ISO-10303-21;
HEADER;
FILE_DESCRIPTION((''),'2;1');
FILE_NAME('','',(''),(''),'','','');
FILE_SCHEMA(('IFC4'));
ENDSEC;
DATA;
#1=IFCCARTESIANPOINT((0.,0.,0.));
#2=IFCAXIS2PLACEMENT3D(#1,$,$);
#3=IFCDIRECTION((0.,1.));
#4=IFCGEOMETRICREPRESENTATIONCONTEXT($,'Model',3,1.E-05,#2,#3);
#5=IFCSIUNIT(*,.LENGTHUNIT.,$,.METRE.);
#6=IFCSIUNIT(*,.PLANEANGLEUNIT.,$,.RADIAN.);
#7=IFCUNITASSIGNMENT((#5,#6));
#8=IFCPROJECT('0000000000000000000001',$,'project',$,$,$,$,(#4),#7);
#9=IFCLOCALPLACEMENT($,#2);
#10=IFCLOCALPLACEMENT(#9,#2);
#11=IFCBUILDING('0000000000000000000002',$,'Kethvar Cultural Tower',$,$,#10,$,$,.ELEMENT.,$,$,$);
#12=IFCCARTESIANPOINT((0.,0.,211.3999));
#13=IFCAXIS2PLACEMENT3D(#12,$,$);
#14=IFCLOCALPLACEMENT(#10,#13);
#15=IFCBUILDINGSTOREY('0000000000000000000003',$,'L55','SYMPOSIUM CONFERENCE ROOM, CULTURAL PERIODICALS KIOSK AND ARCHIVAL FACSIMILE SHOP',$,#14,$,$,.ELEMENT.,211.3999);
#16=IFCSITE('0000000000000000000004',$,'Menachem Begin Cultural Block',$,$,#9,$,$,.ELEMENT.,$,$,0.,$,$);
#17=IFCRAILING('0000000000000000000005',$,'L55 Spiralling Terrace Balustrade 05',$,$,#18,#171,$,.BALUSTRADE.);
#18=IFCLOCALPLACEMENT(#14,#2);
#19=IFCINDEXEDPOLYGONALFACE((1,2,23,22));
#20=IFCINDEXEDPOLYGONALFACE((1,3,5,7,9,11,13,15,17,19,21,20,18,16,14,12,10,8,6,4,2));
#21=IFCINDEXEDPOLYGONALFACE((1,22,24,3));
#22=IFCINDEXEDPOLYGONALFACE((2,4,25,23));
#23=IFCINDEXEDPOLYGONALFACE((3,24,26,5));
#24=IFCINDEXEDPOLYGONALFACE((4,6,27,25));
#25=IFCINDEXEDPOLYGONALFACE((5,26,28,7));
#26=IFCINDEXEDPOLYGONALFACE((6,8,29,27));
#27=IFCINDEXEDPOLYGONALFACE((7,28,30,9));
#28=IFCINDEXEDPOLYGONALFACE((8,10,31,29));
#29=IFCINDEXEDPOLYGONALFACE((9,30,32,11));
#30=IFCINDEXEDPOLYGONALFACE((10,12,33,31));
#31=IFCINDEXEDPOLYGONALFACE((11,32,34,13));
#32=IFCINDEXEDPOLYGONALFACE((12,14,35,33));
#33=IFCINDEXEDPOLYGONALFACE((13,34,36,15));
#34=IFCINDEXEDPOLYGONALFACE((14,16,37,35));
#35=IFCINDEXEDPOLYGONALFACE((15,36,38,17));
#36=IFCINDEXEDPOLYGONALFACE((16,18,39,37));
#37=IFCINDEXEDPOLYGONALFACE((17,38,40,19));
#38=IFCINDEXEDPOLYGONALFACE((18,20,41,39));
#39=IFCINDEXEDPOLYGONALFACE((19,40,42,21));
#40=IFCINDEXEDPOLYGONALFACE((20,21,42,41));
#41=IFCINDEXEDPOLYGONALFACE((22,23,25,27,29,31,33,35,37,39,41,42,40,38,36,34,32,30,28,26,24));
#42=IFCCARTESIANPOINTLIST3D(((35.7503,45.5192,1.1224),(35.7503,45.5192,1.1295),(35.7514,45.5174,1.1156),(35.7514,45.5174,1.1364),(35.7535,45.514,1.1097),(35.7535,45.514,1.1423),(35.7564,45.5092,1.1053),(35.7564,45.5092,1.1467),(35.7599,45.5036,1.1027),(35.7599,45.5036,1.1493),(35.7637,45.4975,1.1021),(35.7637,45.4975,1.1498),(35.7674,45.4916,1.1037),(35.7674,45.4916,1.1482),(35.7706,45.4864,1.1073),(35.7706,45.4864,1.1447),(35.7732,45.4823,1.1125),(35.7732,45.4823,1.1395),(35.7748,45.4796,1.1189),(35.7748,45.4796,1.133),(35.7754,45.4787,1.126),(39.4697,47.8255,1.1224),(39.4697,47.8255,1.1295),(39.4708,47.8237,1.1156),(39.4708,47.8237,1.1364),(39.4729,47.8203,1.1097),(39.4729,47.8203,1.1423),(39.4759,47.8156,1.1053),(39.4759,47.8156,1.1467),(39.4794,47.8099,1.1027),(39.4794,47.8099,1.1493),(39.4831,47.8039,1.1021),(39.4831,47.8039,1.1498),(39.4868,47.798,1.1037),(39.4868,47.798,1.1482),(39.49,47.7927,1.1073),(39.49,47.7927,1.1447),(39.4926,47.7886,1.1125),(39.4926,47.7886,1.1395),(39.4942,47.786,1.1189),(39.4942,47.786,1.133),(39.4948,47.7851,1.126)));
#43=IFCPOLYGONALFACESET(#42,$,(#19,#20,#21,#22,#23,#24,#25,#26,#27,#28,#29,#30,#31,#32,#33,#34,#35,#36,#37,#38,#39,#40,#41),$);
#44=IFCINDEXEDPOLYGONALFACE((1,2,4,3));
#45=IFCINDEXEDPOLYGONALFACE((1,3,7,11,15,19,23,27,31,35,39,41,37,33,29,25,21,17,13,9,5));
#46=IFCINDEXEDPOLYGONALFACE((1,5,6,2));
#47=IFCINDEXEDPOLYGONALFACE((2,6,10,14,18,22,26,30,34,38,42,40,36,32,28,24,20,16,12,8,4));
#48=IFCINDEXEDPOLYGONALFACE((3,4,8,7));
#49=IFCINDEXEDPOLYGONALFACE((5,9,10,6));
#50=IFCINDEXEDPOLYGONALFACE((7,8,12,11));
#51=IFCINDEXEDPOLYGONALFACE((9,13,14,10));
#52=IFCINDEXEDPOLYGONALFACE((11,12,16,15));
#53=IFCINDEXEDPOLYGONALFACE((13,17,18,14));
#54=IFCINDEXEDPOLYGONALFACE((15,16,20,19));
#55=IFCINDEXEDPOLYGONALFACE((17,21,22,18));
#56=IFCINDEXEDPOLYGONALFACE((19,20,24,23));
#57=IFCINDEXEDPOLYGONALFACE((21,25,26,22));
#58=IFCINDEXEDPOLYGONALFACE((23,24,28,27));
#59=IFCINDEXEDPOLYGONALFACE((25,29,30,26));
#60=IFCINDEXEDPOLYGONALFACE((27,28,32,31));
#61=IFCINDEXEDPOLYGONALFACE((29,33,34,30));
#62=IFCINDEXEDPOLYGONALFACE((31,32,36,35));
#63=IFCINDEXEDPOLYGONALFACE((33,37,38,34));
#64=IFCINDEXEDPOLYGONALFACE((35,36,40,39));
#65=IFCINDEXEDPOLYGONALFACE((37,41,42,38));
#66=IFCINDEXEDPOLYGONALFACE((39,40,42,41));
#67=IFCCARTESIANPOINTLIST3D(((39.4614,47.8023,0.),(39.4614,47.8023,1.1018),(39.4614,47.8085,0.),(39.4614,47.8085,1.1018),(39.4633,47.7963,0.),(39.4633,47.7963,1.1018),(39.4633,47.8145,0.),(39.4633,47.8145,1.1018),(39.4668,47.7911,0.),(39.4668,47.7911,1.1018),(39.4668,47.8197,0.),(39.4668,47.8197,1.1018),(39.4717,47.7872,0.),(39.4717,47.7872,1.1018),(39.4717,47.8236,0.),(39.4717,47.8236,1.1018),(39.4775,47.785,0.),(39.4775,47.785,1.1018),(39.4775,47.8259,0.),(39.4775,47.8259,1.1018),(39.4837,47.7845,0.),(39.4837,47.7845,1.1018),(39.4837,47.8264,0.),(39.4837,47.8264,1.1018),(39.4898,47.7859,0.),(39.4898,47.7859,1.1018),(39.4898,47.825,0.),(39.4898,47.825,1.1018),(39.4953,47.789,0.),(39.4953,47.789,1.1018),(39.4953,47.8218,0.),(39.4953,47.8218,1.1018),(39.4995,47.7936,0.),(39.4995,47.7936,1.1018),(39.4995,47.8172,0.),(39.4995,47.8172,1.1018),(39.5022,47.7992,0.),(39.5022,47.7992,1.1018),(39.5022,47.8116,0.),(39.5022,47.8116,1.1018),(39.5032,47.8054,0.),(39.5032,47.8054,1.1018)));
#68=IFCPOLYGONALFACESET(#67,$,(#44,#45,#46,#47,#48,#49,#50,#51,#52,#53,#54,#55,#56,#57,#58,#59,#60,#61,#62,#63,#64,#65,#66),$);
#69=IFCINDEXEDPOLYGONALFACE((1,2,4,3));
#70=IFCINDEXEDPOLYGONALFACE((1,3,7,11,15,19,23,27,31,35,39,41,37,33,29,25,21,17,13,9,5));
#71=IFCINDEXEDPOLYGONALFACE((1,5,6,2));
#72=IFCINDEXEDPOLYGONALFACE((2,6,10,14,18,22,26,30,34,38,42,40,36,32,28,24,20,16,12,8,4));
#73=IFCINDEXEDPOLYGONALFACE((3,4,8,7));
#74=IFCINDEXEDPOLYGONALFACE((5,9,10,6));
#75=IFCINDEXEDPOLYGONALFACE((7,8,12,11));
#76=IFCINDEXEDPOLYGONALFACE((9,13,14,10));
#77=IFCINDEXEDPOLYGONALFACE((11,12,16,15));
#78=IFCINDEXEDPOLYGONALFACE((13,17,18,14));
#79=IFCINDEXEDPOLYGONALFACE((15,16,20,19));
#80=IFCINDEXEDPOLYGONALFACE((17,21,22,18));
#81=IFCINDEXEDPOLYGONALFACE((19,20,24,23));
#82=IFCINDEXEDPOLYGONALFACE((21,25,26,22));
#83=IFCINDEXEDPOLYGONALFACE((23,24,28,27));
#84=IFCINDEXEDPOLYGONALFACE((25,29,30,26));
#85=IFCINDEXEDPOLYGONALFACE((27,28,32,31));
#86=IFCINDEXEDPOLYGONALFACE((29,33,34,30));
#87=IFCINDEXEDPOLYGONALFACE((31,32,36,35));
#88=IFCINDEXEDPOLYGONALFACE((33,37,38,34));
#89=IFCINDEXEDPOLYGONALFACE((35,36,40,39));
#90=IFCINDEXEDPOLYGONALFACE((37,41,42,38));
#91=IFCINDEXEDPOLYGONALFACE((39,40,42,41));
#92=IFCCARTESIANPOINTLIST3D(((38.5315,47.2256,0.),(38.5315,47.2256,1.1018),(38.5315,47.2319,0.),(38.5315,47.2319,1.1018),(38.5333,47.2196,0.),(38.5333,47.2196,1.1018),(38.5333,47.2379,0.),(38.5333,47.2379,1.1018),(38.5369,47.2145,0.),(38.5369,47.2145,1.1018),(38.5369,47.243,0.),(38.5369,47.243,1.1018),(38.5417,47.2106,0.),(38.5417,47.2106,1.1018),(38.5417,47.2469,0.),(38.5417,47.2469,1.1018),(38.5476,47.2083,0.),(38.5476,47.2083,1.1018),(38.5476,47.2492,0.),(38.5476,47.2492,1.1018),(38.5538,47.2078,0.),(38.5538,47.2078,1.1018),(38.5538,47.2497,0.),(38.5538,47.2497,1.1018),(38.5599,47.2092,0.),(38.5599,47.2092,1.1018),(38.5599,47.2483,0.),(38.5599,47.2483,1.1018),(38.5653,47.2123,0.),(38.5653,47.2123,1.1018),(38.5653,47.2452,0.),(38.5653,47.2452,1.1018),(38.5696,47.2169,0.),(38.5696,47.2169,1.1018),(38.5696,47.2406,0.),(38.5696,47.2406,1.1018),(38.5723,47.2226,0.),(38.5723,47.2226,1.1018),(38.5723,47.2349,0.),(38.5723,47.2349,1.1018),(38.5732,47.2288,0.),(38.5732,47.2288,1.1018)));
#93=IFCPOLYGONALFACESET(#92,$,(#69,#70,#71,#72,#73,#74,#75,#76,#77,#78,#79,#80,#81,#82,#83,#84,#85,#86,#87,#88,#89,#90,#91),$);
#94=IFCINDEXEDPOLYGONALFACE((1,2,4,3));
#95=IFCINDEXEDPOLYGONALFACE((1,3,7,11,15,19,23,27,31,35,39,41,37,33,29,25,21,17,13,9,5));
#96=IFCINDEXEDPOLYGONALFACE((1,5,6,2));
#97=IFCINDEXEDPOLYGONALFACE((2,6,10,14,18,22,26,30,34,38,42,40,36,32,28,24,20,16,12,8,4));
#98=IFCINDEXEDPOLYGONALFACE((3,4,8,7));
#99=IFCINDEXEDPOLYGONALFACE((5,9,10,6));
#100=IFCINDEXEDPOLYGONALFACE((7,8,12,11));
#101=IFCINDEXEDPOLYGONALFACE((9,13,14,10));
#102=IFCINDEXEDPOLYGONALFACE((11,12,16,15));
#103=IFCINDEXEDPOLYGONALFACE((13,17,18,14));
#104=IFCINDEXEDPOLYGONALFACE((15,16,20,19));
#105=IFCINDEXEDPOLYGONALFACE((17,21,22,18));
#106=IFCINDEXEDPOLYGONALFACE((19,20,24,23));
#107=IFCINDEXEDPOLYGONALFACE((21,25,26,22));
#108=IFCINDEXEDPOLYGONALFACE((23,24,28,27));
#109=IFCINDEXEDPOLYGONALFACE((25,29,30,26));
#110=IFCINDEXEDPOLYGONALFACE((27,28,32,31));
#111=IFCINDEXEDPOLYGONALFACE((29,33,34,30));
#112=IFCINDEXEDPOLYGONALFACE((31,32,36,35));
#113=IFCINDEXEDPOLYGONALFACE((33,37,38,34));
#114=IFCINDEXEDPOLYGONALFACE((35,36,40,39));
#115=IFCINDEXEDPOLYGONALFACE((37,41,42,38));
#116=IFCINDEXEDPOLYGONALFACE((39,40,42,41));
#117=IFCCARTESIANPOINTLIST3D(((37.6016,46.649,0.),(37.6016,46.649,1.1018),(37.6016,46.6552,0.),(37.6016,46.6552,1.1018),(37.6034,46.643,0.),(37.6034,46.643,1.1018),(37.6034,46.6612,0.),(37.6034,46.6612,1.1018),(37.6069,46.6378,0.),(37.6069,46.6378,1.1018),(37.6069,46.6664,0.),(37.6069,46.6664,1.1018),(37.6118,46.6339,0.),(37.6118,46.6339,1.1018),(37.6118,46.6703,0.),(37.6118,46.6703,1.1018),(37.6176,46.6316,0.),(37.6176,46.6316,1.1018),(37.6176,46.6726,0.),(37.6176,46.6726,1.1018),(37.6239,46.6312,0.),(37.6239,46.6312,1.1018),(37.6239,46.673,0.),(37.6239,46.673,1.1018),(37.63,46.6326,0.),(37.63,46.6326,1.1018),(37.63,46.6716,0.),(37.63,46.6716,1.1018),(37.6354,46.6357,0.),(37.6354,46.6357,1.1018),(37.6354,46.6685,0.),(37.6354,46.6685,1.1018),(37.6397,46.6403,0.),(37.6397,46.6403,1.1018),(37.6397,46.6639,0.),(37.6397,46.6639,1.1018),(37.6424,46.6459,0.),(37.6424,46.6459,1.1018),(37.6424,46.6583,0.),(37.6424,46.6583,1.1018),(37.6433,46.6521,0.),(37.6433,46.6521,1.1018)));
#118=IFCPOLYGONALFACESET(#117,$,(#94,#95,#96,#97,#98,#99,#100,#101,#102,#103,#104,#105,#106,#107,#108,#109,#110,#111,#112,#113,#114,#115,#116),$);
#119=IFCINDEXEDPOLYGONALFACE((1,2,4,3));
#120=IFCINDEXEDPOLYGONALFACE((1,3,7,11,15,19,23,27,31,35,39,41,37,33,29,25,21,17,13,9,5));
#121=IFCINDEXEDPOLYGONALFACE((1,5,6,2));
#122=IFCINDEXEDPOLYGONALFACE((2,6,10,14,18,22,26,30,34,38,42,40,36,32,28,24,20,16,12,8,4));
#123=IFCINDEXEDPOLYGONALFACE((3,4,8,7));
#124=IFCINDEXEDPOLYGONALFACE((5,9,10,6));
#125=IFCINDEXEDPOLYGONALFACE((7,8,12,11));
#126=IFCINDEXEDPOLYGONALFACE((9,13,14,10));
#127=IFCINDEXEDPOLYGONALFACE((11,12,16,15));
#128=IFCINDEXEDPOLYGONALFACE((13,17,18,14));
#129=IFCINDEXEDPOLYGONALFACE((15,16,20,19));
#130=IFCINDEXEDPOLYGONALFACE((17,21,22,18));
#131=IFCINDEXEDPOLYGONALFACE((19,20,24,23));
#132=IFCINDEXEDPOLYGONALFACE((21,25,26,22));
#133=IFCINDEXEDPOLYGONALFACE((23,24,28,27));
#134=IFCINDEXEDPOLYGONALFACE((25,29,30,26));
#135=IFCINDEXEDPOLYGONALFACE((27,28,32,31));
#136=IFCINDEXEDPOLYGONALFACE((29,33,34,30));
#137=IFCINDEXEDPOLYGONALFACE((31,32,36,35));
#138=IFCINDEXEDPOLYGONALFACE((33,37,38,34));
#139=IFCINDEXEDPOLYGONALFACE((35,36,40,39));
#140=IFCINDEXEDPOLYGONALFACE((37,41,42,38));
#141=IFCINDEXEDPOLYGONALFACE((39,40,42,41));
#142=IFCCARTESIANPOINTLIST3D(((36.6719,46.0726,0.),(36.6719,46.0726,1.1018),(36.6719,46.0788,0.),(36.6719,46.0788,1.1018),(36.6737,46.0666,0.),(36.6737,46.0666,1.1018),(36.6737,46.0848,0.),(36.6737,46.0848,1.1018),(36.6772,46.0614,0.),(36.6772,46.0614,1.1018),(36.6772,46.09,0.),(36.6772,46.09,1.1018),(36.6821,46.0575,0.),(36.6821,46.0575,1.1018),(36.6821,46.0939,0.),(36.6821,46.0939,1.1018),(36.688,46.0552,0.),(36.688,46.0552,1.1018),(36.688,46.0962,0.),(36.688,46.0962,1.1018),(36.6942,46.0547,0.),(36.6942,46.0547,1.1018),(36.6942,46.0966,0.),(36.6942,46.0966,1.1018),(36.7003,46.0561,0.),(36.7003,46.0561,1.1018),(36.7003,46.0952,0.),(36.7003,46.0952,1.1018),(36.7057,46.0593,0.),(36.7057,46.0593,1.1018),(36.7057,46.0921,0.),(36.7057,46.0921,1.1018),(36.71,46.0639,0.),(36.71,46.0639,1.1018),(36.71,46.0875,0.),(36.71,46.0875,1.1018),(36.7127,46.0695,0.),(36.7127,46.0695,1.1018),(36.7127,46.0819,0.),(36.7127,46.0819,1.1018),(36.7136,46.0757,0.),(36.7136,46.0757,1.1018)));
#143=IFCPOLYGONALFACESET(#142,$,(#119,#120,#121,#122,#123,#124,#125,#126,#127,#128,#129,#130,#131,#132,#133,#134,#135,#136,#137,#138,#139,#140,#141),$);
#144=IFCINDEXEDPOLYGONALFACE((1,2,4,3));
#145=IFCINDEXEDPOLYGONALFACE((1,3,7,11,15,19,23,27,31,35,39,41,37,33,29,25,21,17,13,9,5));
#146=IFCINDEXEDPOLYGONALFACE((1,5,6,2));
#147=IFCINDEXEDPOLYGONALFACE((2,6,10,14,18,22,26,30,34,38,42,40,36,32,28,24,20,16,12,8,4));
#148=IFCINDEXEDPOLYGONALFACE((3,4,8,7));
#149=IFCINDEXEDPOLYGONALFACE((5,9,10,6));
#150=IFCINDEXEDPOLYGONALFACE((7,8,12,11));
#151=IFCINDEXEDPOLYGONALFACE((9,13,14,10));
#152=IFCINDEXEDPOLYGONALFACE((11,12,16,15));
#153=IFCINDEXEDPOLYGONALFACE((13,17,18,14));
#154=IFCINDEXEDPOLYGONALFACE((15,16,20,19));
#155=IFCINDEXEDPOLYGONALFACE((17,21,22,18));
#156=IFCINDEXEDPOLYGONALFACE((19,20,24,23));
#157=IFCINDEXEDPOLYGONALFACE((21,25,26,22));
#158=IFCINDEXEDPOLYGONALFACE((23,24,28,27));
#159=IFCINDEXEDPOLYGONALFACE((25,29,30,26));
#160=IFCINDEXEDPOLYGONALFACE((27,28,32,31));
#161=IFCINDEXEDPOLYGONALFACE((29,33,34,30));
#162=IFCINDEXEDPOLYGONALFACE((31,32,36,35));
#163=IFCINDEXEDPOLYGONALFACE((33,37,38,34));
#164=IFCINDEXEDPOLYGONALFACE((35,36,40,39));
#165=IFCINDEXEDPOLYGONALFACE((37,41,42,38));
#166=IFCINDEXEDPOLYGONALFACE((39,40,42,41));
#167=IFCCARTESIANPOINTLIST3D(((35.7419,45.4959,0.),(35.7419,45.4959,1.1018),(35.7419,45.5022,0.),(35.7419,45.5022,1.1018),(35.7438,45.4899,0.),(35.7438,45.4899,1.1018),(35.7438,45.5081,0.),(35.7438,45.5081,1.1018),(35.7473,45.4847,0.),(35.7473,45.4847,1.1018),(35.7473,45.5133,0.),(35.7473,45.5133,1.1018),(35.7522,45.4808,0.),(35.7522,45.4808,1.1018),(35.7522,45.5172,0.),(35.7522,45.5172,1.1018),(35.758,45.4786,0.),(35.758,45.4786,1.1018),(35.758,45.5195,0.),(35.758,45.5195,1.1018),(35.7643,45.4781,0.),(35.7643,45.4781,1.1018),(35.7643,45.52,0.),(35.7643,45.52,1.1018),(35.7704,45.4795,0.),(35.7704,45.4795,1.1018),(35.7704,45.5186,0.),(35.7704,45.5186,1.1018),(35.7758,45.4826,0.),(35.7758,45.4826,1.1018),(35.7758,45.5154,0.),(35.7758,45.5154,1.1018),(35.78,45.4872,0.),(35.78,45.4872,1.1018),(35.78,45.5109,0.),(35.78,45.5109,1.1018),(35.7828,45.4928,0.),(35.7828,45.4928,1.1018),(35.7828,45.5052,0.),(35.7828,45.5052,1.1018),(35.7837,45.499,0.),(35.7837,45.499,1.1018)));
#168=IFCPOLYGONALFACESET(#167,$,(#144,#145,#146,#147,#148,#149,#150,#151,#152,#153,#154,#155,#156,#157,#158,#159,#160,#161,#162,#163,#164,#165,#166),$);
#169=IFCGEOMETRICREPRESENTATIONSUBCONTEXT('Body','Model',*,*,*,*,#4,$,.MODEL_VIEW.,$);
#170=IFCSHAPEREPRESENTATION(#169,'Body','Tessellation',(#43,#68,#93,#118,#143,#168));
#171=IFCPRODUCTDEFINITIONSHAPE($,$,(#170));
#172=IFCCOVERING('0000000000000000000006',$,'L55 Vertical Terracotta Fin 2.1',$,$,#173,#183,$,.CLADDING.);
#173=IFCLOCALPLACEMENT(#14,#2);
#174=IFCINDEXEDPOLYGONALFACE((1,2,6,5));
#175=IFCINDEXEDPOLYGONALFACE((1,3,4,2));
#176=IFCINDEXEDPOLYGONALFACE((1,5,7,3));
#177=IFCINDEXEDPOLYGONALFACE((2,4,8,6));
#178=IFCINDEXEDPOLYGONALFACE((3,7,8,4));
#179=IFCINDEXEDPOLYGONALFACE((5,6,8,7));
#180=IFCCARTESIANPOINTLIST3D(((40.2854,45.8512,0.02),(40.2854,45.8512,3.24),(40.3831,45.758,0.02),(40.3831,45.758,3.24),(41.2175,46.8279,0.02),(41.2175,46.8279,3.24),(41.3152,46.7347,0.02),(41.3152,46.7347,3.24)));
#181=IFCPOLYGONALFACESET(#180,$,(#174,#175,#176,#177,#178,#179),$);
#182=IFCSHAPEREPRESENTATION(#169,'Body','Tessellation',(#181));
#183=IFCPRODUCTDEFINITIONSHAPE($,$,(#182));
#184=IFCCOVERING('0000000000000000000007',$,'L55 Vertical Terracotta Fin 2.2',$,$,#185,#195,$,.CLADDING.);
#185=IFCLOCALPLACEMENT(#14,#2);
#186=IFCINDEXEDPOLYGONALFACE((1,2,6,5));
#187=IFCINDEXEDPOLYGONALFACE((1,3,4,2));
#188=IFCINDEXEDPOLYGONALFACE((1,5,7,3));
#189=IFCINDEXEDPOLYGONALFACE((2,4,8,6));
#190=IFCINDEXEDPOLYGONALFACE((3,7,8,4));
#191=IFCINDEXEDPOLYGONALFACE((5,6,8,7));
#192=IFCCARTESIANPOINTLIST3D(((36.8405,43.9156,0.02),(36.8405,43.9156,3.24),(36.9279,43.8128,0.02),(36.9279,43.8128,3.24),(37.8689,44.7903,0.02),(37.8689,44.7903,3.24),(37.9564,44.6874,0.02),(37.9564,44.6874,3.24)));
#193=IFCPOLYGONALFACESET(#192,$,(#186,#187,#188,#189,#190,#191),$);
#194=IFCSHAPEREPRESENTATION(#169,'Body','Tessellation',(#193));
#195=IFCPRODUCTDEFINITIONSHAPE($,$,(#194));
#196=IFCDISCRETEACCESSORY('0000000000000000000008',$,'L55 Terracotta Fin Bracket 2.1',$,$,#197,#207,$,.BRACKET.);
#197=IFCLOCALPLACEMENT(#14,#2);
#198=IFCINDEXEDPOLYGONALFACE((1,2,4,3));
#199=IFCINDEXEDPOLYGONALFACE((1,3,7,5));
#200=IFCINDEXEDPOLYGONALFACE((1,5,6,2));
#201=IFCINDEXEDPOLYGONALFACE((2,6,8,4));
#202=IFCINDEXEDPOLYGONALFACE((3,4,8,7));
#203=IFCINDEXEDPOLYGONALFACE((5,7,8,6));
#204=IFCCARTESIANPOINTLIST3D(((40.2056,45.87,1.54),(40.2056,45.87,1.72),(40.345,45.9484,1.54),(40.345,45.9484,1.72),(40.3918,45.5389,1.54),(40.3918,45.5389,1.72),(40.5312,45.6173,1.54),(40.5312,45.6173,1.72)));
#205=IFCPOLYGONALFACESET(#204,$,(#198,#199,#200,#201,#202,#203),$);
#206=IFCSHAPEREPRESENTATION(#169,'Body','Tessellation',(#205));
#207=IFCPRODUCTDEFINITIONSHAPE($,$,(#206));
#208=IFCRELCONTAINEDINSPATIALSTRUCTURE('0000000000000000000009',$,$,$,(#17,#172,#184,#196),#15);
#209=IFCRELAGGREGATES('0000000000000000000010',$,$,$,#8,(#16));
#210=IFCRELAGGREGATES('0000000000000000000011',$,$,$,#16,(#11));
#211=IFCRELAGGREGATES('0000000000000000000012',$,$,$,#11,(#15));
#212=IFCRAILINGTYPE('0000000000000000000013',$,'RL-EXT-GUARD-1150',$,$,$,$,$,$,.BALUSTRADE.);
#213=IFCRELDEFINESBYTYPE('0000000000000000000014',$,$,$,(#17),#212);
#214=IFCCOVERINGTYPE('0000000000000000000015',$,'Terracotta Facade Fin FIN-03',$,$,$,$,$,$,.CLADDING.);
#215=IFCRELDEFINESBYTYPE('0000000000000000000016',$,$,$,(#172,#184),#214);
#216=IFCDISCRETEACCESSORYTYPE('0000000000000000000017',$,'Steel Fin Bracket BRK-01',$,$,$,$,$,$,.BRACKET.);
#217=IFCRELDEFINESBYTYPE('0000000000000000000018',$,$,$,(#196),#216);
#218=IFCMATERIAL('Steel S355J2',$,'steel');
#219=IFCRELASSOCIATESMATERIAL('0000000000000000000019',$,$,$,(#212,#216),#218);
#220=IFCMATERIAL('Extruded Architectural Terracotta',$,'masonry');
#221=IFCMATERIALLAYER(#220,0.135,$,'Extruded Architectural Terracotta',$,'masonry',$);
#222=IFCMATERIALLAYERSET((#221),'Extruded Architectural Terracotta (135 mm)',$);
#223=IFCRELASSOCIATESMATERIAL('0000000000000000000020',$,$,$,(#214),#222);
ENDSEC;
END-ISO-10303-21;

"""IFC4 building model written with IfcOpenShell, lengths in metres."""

from ifc_helpers import new_model, si_unit, direction, frame, origin, origin_2d, place, context, subcontext, project, spatial, rectangle, circle, extrude, source, transform, mapped, material, layer, layer_set, type_object, element, save


model = new_model("IFC4")

# Units and contexts
model_context = context("Model", 3, precision=1e-05, world=origin(), true_north=direction((0.0, 1.0)))
body_context = subcontext(model_context, "Body", "Model", "MODEL_VIEW")
ifc_project = project(units=[si_unit("LENGTHUNIT", "METRE"), si_unit("PLANEANGLEUNIT", "RADIAN")], contexts=[model_context])

# Site, building, storey
site_placement = place(None, origin())
site = spatial("IfcSite", under=ifc_project, at=site_placement, Name="Menachem Begin Cultural Block", CompositionType="ELEMENT", RefElevation=0.0)
building_placement = place(site_placement, origin())
building = spatial("IfcBuilding", under=site, at=building_placement, Name="Kethvar Cultural Tower", CompositionType="ELEMENT")
storey_placement = place(building_placement, frame((0.0, 0.0, 211.3999)))
storey = spatial("IfcBuildingStorey", under=building, at=storey_placement, Name="L55", Description="SYMPOSIUM CONFERENCE ROOM, CULTURAL PERIODICALS KIOSK AND ARCHIVAL FACSIMILE SHOP", CompositionType="ELEMENT", Elevation=211.3999)

# Shared definitions
ifc_material_1 = material(Name="Steel S355J2", Category="steel")

# Railing
railing_type = type_object("IfcRailingType", Name="RL-EXT-GUARD-1150", PredefinedType="BALUSTRADE", material=ifc_material_1)
railing_1_placement = place(storey_placement, frame((39.4822, 47.8054, 0.0)))
element("IfcRailing", 1, at=railing_1_placement, inside=storey, type_object=railing_type, Name="L55 Spiralling Terrace Balustrade 05", PredefinedType="BALUSTRADE", context=body_context, shape_type="SweptSolid", body=[
    extrude(circle(Radius=0.0239, at=origin_2d()), frame((0.0, 0.0, 1.126), z_axis=(-0.84987, -0.526992, 0.0), x_axis=(0.526992, -0.84987, 0.0)), (0.0, 0.0, 1.0), 4.3765),
    extrude(circle(Radius=0.021, at=origin_2d()), origin(), (0.0, 0.0, 1.0), 1.1018),
    extrude(circle(Radius=0.021, at=origin_2d()), frame((-0.9299, -0.5767, 0.0)), (0.0, 0.0, 1.0), 1.1018),
    extrude(circle(Radius=0.021, at=origin_2d()), frame((-1.8599, -1.1533, 0.0)), (0.0, 0.0, 1.0), 1.1018),
    extrude(circle(Radius=0.021, at=origin_2d()), frame((-2.7896, -1.7297, 0.0)), (0.0, 0.0, 1.0), 1.1018),
    extrude(circle(Radius=0.021, at=origin_2d()), frame((-3.7195, -2.3064, 0.0)), (0.0, 0.0, 1.0), 1.1018),
])

# Coverings
ifc_material_2 = material(Name="Extruded Architectural Terracotta", Category="masonry")
ifc_layer_1 = layer(ifc_material_2, 0.135, Name="Extruded Architectural Terracotta", Category="masonry")
ifc_layer_set_1 = layer_set([ifc_layer_1], Name="Extruded Architectural Terracotta (135 mm)")
covering_type = type_object("IfcCoveringType", Name="Terracotta Facade Fin FIN-03", PredefinedType="CLADDING", material=ifc_layer_set_1)
shared_shape_1 = source(origin(), body_context, "Body", "SweptSolid", [
    extrude(rectangle(XDim=1.3501, YDim=0.135, at=origin_2d()), origin(), (0.0, 0.0, 1.0), 3.22),
])
for number, where, z_axis, x_axis, name in (
    (2, (40.8003, 46.293, 0.02), (0.0, 0.0, 1.0), (0.690378, 0.723449, 0.0), "L55 Vertical Terracotta Fin 2.1"),
    (3, (37.3984, 44.3015, 0.02), (0.0, 0.0, 1.0), (0.761764, 0.647854, 0.0), "L55 Vertical Terracotta Fin 2.2"),
):
    element("IfcCovering", number, at=place(storey_placement, frame(where, z_axis=z_axis, x_axis=x_axis)), inside=storey, type_object=covering_type, Name=name, PredefinedType="CLADDING", context=body_context, shape_type="MappedRepresentation", body=[
        mapped(shared_shape_1, transform((0.0, 0.0, 0.0), scale=1.0)),
    ])

# Discrete accessory
discrete_accessory_type = type_object("IfcDiscreteAccessoryType", Name="Steel Fin Bracket BRK-01", PredefinedType="BRACKET", material=ifc_material_1)
shared_shape_2 = source(origin(), body_context, "Body", "SweptSolid", [
    extrude(rectangle(XDim=0.3799, YDim=0.1599, at=origin_2d()), origin(), (0.0, 0.0, 1.0), 0.1799),
])
discrete_accessory_placement = place(storey_placement, frame((40.3684, 45.7437, 1.54), z_axis=(0.0, 0.0, 1.0), x_axis=(-0.490143, 0.871642, 0.0)))
element("IfcDiscreteAccessory", 4, at=discrete_accessory_placement, inside=storey, type_object=discrete_accessory_type, Name="L55 Terracotta Fin Bracket 2.1", PredefinedType="BRACKET", context=body_context, shape_type="MappedRepresentation", body=[
    mapped(shared_shape_2, transform((0.0, 0.0, 0.0), scale=1.0)),
])

save(model, "model.ifc")
